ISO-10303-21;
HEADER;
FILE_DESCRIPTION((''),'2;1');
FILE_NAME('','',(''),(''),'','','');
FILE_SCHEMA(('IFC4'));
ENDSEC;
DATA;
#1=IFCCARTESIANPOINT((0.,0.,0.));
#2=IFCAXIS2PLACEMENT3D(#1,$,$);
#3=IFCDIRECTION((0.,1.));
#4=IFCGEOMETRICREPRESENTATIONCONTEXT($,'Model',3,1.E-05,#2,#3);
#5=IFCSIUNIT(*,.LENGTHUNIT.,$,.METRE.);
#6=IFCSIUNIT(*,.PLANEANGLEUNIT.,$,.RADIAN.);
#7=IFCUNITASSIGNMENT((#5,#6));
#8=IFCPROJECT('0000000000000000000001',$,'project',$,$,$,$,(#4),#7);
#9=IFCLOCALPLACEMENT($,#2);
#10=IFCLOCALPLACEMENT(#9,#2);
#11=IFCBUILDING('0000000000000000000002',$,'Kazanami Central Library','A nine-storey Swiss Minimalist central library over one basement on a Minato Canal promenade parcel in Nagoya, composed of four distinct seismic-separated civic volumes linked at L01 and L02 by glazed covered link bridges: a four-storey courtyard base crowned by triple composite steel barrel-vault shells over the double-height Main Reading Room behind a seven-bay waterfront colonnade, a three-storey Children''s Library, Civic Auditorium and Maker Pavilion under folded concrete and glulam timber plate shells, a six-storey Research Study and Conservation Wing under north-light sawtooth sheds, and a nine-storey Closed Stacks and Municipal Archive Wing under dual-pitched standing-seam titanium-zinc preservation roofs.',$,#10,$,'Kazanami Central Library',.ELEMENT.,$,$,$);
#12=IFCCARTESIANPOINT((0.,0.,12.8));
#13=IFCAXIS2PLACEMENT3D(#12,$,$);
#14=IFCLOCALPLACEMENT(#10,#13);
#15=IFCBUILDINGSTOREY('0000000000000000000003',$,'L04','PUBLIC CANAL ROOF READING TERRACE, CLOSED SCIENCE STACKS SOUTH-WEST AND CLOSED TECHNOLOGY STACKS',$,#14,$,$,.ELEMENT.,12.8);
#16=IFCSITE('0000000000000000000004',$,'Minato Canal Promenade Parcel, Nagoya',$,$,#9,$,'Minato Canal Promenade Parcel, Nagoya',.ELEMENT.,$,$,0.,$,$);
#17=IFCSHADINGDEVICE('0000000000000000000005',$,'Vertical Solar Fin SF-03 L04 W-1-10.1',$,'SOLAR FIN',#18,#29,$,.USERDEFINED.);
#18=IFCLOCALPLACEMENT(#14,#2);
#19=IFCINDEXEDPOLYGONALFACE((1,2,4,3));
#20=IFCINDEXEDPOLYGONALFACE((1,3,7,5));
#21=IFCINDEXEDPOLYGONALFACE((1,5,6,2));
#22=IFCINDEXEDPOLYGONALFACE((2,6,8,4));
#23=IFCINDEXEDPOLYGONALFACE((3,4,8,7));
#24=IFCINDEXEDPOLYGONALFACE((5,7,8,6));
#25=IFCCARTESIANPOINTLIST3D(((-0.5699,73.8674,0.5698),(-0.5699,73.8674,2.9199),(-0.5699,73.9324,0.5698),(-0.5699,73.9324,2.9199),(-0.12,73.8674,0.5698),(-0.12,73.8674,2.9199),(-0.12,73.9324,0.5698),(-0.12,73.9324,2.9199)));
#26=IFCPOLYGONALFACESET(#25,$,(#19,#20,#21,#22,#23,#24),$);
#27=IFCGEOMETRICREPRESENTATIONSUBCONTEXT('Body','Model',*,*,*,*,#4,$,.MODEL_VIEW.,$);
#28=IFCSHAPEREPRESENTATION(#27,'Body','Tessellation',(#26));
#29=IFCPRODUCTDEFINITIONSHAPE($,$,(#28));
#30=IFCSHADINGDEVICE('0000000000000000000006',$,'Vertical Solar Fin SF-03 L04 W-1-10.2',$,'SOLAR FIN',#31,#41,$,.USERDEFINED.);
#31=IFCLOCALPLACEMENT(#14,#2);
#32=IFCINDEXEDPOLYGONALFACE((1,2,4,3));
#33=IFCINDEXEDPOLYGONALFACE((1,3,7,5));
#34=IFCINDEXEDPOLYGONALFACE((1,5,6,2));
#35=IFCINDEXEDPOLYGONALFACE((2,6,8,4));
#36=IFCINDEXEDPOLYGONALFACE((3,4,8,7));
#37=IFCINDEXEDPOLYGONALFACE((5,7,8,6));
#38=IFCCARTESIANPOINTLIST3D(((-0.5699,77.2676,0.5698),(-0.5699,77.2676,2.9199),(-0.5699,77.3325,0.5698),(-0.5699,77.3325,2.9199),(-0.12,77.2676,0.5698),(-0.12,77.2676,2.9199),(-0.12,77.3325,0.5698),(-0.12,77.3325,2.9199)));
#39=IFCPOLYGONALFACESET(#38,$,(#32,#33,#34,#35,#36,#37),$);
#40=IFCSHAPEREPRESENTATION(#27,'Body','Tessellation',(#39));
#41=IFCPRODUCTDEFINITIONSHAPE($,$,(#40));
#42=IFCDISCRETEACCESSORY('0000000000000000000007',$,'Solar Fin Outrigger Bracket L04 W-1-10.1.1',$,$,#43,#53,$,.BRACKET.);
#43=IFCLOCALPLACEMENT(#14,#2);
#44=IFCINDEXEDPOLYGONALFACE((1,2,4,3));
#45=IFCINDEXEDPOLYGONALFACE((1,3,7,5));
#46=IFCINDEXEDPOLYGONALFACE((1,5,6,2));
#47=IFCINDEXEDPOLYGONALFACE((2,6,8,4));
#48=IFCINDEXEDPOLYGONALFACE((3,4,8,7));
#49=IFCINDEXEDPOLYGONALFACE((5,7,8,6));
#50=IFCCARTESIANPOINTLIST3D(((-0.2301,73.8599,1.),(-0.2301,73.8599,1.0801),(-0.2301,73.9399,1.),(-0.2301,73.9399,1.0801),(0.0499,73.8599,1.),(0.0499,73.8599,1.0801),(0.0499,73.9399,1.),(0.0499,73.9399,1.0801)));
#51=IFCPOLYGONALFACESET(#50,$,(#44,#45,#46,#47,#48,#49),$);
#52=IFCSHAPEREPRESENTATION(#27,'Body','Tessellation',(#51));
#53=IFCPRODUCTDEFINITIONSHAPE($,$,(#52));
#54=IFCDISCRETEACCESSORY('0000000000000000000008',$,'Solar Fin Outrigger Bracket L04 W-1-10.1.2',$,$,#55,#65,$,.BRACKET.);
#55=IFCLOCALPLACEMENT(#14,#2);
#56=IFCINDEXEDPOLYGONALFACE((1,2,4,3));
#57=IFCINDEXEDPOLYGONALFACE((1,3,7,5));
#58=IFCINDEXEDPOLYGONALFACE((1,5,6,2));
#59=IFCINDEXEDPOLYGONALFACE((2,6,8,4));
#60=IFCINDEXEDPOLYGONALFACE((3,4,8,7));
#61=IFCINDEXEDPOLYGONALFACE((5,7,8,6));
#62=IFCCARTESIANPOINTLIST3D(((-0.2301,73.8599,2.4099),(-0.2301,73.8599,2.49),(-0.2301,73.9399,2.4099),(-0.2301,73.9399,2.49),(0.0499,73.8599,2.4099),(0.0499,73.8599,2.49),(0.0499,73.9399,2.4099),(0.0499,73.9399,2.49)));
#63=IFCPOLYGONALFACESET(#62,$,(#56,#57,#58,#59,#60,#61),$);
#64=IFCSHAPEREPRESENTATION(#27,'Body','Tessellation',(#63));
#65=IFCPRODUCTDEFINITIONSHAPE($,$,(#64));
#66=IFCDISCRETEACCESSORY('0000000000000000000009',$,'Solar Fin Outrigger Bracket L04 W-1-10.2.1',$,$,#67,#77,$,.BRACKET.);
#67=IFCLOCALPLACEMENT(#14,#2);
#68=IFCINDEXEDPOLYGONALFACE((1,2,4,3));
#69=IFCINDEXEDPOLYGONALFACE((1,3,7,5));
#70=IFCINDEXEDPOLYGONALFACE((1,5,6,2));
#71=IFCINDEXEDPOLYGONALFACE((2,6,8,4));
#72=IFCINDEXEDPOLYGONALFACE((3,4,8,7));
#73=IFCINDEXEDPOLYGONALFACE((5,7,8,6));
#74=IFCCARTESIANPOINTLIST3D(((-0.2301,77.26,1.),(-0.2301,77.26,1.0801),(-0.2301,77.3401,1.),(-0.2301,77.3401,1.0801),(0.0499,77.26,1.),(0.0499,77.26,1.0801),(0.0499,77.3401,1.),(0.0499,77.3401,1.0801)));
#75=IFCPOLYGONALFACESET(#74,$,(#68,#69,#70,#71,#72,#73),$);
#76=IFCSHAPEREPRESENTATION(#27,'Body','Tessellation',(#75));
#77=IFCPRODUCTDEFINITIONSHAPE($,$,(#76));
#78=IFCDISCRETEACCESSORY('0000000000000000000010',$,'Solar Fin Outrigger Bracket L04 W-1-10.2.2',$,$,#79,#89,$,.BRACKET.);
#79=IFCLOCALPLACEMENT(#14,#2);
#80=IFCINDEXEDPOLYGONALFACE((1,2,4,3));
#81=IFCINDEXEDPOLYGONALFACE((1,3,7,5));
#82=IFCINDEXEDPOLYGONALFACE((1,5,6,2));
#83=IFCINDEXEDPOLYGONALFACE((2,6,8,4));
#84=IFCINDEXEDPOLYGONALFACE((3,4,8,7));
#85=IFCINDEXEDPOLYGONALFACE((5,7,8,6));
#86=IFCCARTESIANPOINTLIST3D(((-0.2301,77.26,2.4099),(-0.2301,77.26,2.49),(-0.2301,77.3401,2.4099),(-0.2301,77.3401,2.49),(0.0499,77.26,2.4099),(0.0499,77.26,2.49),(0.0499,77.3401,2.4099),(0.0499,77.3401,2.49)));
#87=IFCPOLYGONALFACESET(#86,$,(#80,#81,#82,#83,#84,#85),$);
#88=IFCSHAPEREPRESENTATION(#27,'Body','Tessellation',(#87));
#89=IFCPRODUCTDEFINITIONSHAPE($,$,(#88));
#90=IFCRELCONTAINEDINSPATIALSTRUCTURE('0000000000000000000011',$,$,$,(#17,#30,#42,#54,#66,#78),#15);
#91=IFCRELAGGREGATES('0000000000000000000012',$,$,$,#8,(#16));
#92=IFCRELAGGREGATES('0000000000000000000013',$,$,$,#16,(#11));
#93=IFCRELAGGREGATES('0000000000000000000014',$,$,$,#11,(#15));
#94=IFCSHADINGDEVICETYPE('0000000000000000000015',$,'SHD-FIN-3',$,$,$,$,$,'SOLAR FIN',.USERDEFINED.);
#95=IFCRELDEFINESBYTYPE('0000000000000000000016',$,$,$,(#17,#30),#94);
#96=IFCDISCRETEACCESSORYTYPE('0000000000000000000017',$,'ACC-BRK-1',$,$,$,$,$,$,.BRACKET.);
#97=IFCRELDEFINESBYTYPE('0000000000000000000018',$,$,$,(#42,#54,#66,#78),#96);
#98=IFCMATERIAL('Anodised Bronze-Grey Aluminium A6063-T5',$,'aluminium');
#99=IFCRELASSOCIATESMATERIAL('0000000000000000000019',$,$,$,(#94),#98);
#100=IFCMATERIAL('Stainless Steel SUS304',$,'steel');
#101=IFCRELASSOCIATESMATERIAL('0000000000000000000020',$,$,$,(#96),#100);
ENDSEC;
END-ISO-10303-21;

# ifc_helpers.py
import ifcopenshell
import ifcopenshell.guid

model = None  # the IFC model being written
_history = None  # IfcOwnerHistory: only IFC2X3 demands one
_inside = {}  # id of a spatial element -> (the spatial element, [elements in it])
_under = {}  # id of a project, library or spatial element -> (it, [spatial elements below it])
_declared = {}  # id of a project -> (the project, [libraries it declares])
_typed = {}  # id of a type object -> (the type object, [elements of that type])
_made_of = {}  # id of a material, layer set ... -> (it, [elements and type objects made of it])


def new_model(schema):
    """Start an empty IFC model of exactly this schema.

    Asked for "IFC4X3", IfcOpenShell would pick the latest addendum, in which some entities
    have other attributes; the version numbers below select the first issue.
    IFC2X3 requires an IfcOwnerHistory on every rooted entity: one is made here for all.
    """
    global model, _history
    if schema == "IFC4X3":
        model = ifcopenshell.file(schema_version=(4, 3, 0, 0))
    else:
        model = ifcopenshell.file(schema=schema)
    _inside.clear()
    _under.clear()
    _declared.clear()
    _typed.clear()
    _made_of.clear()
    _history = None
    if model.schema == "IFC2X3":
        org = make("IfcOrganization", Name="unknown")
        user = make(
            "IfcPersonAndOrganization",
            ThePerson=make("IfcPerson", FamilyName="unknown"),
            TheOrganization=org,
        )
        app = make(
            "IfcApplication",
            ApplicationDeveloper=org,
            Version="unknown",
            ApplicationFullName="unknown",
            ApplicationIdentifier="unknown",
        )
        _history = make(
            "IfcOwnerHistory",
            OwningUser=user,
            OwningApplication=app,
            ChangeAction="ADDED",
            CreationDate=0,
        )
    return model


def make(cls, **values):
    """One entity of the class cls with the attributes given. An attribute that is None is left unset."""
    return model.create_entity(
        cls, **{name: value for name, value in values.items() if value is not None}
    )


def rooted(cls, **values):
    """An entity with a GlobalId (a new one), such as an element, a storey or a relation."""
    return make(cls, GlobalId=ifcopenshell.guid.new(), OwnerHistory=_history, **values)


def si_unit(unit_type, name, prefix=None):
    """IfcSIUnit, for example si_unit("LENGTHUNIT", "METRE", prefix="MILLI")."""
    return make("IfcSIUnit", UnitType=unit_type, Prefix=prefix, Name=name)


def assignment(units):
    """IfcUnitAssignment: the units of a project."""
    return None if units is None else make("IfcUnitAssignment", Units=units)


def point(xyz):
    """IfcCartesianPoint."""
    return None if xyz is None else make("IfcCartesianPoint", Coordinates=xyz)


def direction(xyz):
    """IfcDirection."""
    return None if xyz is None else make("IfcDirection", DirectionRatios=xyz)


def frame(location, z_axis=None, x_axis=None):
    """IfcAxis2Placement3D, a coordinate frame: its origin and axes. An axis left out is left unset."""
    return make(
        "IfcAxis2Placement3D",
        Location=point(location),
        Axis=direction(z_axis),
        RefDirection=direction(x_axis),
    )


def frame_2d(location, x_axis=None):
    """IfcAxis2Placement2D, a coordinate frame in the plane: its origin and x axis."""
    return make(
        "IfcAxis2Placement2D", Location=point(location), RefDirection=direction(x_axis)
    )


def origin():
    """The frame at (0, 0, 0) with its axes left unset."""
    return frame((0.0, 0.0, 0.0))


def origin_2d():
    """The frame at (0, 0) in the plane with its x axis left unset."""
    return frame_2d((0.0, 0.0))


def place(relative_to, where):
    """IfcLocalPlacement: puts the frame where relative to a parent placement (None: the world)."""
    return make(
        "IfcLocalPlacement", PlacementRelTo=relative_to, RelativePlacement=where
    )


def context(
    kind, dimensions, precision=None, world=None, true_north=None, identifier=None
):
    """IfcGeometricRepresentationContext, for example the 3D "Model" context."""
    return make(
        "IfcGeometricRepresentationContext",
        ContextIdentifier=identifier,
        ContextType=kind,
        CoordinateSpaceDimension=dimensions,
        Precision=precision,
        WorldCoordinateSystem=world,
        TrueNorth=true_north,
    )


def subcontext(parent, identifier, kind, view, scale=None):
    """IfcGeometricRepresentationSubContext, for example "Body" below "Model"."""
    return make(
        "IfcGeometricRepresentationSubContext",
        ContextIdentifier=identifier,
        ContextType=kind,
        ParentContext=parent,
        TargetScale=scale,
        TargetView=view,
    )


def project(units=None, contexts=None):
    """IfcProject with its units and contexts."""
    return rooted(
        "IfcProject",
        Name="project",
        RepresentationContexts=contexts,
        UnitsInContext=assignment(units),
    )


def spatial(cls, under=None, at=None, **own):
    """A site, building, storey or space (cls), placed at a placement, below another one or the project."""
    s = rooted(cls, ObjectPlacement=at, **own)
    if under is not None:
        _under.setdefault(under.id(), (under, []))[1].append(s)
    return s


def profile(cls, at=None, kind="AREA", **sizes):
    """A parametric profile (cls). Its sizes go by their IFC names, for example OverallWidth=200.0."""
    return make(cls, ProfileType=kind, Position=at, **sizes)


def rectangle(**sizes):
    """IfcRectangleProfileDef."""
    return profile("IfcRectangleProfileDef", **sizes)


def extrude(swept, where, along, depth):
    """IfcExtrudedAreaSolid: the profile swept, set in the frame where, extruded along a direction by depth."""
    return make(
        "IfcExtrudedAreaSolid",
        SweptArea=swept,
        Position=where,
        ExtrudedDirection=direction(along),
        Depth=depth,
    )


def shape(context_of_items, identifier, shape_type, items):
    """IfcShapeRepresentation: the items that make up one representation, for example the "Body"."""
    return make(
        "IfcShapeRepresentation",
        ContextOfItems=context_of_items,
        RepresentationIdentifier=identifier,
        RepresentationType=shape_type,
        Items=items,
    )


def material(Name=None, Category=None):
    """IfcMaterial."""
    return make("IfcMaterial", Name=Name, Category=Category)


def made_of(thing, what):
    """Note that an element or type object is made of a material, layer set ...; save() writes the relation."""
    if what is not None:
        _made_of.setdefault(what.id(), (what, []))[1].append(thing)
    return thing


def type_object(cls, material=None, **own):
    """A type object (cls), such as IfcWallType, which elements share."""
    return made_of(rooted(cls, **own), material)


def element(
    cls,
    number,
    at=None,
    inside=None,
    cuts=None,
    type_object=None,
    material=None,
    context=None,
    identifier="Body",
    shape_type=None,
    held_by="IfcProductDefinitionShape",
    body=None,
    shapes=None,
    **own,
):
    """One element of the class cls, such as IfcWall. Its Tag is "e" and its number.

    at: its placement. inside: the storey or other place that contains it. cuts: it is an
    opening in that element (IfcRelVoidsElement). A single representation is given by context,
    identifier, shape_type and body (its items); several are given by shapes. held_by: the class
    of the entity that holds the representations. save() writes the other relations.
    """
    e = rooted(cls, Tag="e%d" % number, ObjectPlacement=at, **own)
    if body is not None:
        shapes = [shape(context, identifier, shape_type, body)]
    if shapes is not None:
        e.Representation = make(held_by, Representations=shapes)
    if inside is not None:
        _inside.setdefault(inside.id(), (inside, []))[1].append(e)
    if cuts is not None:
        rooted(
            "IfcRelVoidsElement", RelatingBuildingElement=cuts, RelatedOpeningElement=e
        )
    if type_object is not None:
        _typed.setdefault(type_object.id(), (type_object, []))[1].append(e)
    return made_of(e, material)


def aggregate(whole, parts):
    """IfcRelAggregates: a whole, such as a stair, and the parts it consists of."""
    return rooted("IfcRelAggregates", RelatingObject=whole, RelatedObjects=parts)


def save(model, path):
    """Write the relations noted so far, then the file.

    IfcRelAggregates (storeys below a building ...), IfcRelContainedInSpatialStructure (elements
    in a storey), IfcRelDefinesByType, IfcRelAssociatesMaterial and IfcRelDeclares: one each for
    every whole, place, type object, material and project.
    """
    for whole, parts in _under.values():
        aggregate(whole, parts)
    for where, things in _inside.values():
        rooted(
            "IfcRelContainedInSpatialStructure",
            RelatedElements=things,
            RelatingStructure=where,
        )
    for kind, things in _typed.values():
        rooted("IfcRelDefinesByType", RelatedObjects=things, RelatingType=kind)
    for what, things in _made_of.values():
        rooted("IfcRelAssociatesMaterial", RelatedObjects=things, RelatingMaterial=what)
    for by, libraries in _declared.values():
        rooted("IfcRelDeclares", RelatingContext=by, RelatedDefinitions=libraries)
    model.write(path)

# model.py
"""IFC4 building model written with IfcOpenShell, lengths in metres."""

from ifc_helpers import new_model, si_unit, direction, frame, origin, origin_2d, place, context, subcontext, project, spatial, rectangle, extrude, material, type_object, element, save


model = new_model("IFC4")

# Units and contexts
model_context = context("Model", 3, precision=1e-05, world=origin(), true_north=direction((0.0, 1.0)))
body_context = subcontext(model_context, "Body", "Model", "MODEL_VIEW")
ifc_project = project(units=[si_unit("LENGTHUNIT", "METRE"), si_unit("PLANEANGLEUNIT", "RADIAN")], contexts=[model_context])

# Site, building, storey
site_placement = place(None, origin())
site = spatial("IfcSite", under=ifc_project, at=site_placement, Name="Minato Canal Promenade Parcel, Nagoya", LongName="Minato Canal Promenade Parcel, Nagoya", CompositionType="ELEMENT", RefElevation=0.0)
building_placement = place(site_placement, origin())
building = spatial("IfcBuilding", under=site, at=building_placement, Name="Kazanami Central Library", Description="A nine-storey Swiss Minimalist central library over one basement on a Minato Canal promenade parcel in Nagoya, composed of four distinct seismic-separated civic volumes linked at L01 and L02 by glazed covered link bridges: a four-storey courtyard base crowned by triple composite steel barrel-vault shells over the double-height Main Reading Room behind a seven-bay waterfront colonnade, a three-storey Children's Library, Civic Auditorium and Maker Pavilion under folded concrete and glulam timber plate shells, a six-storey Research Study and Conservation Wing under north-light sawtooth sheds, and a nine-storey Closed Stacks and Municipal Archive Wing under dual-pitched standing-seam titanium-zinc preservation roofs.", LongName="Kazanami Central Library", CompositionType="ELEMENT")
storey_placement = place(building_placement, frame((0.0, 0.0, 12.8)))
storey = spatial("IfcBuildingStorey", under=building, at=storey_placement, Name="L04", Description="PUBLIC CANAL ROOF READING TERRACE, CLOSED SCIENCE STACKS SOUTH-WEST AND CLOSED TECHNOLOGY STACKS", CompositionType="ELEMENT", Elevation=12.8)

# Shading devices
ifc_material_1 = material(Name="Anodised Bronze-Grey Aluminium A6063-T5", Category="aluminium")
shading_device_type = type_object("IfcShadingDeviceType", Name="SHD-FIN-3", ElementType="SOLAR FIN", PredefinedType="USERDEFINED", material=ifc_material_1)
for number, where, z_axis, x_axis, name in (
    (1, (-0.345, 73.8999, 0.5698), (0.0, 0.0, 1.0), (0.0, 1.0, 0.0), "Vertical Solar Fin SF-03 L04 W-1-10.1"),
    (2, (-0.345, 77.3, 0.5698), (0.0, 0.0, 1.0), (0.0, 1.0, 0.0), "Vertical Solar Fin SF-03 L04 W-1-10.2"),
):
    element("IfcShadingDevice", number, at=place(storey_placement, frame(where, z_axis=z_axis, x_axis=x_axis)), inside=storey, type_object=shading_device_type, Name=name, ObjectType="SOLAR FIN", PredefinedType="USERDEFINED", context=body_context, shape_type="SweptSolid", body=[
        extrude(rectangle(XDim=0.0649, YDim=0.45, at=origin_2d()), origin(), (0.0, 0.0, 1.0), 2.3501),
    ])

# Discrete accessories
ifc_material_2 = material(Name="Stainless Steel SUS304", Category="steel")
discrete_accessory_type = type_object("IfcDiscreteAccessoryType", Name="ACC-BRK-1", PredefinedType="BRACKET", material=ifc_material_2)
for number, where, z_axis, x_axis, name in (
    (3, (-0.0901, 73.8999, 1.0), (0.0, 0.0, 1.0), (0.0, 1.0, 0.0), "Solar Fin Outrigger Bracket L04 W-1-10.1.1"),
    (4, (-0.0901, 73.8999, 2.4099), (0.0, 0.0, 1.0), (0.0, 1.0, 0.0), "Solar Fin Outrigger Bracket L04 W-1-10.1.2"),
    (5, (-0.0901, 77.3, 1.0), (0.0, 0.0, 1.0), (0.0, 1.0, 0.0), "Solar Fin Outrigger Bracket L04 W-1-10.2.1"),
    (6, (-0.0901, 77.3, 2.4099), (0.0, 0.0, 1.0), (0.0, 1.0, 0.0), "Solar Fin Outrigger Bracket L04 W-1-10.2.2"),
):
    element("IfcDiscreteAccessory", number, at=place(storey_placement, frame(where, z_axis=z_axis, x_axis=x_axis)), inside=storey, type_object=discrete_accessory_type, Name=name, PredefinedType="BRACKET", context=body_context, shape_type="SweptSolid", body=[
        extrude(rectangle(XDim=0.0801, YDim=0.28, at=origin_2d()), origin(), (0.0, 0.0, 1.0), 0.0801),
    ])

save(model, "model.ifc")
